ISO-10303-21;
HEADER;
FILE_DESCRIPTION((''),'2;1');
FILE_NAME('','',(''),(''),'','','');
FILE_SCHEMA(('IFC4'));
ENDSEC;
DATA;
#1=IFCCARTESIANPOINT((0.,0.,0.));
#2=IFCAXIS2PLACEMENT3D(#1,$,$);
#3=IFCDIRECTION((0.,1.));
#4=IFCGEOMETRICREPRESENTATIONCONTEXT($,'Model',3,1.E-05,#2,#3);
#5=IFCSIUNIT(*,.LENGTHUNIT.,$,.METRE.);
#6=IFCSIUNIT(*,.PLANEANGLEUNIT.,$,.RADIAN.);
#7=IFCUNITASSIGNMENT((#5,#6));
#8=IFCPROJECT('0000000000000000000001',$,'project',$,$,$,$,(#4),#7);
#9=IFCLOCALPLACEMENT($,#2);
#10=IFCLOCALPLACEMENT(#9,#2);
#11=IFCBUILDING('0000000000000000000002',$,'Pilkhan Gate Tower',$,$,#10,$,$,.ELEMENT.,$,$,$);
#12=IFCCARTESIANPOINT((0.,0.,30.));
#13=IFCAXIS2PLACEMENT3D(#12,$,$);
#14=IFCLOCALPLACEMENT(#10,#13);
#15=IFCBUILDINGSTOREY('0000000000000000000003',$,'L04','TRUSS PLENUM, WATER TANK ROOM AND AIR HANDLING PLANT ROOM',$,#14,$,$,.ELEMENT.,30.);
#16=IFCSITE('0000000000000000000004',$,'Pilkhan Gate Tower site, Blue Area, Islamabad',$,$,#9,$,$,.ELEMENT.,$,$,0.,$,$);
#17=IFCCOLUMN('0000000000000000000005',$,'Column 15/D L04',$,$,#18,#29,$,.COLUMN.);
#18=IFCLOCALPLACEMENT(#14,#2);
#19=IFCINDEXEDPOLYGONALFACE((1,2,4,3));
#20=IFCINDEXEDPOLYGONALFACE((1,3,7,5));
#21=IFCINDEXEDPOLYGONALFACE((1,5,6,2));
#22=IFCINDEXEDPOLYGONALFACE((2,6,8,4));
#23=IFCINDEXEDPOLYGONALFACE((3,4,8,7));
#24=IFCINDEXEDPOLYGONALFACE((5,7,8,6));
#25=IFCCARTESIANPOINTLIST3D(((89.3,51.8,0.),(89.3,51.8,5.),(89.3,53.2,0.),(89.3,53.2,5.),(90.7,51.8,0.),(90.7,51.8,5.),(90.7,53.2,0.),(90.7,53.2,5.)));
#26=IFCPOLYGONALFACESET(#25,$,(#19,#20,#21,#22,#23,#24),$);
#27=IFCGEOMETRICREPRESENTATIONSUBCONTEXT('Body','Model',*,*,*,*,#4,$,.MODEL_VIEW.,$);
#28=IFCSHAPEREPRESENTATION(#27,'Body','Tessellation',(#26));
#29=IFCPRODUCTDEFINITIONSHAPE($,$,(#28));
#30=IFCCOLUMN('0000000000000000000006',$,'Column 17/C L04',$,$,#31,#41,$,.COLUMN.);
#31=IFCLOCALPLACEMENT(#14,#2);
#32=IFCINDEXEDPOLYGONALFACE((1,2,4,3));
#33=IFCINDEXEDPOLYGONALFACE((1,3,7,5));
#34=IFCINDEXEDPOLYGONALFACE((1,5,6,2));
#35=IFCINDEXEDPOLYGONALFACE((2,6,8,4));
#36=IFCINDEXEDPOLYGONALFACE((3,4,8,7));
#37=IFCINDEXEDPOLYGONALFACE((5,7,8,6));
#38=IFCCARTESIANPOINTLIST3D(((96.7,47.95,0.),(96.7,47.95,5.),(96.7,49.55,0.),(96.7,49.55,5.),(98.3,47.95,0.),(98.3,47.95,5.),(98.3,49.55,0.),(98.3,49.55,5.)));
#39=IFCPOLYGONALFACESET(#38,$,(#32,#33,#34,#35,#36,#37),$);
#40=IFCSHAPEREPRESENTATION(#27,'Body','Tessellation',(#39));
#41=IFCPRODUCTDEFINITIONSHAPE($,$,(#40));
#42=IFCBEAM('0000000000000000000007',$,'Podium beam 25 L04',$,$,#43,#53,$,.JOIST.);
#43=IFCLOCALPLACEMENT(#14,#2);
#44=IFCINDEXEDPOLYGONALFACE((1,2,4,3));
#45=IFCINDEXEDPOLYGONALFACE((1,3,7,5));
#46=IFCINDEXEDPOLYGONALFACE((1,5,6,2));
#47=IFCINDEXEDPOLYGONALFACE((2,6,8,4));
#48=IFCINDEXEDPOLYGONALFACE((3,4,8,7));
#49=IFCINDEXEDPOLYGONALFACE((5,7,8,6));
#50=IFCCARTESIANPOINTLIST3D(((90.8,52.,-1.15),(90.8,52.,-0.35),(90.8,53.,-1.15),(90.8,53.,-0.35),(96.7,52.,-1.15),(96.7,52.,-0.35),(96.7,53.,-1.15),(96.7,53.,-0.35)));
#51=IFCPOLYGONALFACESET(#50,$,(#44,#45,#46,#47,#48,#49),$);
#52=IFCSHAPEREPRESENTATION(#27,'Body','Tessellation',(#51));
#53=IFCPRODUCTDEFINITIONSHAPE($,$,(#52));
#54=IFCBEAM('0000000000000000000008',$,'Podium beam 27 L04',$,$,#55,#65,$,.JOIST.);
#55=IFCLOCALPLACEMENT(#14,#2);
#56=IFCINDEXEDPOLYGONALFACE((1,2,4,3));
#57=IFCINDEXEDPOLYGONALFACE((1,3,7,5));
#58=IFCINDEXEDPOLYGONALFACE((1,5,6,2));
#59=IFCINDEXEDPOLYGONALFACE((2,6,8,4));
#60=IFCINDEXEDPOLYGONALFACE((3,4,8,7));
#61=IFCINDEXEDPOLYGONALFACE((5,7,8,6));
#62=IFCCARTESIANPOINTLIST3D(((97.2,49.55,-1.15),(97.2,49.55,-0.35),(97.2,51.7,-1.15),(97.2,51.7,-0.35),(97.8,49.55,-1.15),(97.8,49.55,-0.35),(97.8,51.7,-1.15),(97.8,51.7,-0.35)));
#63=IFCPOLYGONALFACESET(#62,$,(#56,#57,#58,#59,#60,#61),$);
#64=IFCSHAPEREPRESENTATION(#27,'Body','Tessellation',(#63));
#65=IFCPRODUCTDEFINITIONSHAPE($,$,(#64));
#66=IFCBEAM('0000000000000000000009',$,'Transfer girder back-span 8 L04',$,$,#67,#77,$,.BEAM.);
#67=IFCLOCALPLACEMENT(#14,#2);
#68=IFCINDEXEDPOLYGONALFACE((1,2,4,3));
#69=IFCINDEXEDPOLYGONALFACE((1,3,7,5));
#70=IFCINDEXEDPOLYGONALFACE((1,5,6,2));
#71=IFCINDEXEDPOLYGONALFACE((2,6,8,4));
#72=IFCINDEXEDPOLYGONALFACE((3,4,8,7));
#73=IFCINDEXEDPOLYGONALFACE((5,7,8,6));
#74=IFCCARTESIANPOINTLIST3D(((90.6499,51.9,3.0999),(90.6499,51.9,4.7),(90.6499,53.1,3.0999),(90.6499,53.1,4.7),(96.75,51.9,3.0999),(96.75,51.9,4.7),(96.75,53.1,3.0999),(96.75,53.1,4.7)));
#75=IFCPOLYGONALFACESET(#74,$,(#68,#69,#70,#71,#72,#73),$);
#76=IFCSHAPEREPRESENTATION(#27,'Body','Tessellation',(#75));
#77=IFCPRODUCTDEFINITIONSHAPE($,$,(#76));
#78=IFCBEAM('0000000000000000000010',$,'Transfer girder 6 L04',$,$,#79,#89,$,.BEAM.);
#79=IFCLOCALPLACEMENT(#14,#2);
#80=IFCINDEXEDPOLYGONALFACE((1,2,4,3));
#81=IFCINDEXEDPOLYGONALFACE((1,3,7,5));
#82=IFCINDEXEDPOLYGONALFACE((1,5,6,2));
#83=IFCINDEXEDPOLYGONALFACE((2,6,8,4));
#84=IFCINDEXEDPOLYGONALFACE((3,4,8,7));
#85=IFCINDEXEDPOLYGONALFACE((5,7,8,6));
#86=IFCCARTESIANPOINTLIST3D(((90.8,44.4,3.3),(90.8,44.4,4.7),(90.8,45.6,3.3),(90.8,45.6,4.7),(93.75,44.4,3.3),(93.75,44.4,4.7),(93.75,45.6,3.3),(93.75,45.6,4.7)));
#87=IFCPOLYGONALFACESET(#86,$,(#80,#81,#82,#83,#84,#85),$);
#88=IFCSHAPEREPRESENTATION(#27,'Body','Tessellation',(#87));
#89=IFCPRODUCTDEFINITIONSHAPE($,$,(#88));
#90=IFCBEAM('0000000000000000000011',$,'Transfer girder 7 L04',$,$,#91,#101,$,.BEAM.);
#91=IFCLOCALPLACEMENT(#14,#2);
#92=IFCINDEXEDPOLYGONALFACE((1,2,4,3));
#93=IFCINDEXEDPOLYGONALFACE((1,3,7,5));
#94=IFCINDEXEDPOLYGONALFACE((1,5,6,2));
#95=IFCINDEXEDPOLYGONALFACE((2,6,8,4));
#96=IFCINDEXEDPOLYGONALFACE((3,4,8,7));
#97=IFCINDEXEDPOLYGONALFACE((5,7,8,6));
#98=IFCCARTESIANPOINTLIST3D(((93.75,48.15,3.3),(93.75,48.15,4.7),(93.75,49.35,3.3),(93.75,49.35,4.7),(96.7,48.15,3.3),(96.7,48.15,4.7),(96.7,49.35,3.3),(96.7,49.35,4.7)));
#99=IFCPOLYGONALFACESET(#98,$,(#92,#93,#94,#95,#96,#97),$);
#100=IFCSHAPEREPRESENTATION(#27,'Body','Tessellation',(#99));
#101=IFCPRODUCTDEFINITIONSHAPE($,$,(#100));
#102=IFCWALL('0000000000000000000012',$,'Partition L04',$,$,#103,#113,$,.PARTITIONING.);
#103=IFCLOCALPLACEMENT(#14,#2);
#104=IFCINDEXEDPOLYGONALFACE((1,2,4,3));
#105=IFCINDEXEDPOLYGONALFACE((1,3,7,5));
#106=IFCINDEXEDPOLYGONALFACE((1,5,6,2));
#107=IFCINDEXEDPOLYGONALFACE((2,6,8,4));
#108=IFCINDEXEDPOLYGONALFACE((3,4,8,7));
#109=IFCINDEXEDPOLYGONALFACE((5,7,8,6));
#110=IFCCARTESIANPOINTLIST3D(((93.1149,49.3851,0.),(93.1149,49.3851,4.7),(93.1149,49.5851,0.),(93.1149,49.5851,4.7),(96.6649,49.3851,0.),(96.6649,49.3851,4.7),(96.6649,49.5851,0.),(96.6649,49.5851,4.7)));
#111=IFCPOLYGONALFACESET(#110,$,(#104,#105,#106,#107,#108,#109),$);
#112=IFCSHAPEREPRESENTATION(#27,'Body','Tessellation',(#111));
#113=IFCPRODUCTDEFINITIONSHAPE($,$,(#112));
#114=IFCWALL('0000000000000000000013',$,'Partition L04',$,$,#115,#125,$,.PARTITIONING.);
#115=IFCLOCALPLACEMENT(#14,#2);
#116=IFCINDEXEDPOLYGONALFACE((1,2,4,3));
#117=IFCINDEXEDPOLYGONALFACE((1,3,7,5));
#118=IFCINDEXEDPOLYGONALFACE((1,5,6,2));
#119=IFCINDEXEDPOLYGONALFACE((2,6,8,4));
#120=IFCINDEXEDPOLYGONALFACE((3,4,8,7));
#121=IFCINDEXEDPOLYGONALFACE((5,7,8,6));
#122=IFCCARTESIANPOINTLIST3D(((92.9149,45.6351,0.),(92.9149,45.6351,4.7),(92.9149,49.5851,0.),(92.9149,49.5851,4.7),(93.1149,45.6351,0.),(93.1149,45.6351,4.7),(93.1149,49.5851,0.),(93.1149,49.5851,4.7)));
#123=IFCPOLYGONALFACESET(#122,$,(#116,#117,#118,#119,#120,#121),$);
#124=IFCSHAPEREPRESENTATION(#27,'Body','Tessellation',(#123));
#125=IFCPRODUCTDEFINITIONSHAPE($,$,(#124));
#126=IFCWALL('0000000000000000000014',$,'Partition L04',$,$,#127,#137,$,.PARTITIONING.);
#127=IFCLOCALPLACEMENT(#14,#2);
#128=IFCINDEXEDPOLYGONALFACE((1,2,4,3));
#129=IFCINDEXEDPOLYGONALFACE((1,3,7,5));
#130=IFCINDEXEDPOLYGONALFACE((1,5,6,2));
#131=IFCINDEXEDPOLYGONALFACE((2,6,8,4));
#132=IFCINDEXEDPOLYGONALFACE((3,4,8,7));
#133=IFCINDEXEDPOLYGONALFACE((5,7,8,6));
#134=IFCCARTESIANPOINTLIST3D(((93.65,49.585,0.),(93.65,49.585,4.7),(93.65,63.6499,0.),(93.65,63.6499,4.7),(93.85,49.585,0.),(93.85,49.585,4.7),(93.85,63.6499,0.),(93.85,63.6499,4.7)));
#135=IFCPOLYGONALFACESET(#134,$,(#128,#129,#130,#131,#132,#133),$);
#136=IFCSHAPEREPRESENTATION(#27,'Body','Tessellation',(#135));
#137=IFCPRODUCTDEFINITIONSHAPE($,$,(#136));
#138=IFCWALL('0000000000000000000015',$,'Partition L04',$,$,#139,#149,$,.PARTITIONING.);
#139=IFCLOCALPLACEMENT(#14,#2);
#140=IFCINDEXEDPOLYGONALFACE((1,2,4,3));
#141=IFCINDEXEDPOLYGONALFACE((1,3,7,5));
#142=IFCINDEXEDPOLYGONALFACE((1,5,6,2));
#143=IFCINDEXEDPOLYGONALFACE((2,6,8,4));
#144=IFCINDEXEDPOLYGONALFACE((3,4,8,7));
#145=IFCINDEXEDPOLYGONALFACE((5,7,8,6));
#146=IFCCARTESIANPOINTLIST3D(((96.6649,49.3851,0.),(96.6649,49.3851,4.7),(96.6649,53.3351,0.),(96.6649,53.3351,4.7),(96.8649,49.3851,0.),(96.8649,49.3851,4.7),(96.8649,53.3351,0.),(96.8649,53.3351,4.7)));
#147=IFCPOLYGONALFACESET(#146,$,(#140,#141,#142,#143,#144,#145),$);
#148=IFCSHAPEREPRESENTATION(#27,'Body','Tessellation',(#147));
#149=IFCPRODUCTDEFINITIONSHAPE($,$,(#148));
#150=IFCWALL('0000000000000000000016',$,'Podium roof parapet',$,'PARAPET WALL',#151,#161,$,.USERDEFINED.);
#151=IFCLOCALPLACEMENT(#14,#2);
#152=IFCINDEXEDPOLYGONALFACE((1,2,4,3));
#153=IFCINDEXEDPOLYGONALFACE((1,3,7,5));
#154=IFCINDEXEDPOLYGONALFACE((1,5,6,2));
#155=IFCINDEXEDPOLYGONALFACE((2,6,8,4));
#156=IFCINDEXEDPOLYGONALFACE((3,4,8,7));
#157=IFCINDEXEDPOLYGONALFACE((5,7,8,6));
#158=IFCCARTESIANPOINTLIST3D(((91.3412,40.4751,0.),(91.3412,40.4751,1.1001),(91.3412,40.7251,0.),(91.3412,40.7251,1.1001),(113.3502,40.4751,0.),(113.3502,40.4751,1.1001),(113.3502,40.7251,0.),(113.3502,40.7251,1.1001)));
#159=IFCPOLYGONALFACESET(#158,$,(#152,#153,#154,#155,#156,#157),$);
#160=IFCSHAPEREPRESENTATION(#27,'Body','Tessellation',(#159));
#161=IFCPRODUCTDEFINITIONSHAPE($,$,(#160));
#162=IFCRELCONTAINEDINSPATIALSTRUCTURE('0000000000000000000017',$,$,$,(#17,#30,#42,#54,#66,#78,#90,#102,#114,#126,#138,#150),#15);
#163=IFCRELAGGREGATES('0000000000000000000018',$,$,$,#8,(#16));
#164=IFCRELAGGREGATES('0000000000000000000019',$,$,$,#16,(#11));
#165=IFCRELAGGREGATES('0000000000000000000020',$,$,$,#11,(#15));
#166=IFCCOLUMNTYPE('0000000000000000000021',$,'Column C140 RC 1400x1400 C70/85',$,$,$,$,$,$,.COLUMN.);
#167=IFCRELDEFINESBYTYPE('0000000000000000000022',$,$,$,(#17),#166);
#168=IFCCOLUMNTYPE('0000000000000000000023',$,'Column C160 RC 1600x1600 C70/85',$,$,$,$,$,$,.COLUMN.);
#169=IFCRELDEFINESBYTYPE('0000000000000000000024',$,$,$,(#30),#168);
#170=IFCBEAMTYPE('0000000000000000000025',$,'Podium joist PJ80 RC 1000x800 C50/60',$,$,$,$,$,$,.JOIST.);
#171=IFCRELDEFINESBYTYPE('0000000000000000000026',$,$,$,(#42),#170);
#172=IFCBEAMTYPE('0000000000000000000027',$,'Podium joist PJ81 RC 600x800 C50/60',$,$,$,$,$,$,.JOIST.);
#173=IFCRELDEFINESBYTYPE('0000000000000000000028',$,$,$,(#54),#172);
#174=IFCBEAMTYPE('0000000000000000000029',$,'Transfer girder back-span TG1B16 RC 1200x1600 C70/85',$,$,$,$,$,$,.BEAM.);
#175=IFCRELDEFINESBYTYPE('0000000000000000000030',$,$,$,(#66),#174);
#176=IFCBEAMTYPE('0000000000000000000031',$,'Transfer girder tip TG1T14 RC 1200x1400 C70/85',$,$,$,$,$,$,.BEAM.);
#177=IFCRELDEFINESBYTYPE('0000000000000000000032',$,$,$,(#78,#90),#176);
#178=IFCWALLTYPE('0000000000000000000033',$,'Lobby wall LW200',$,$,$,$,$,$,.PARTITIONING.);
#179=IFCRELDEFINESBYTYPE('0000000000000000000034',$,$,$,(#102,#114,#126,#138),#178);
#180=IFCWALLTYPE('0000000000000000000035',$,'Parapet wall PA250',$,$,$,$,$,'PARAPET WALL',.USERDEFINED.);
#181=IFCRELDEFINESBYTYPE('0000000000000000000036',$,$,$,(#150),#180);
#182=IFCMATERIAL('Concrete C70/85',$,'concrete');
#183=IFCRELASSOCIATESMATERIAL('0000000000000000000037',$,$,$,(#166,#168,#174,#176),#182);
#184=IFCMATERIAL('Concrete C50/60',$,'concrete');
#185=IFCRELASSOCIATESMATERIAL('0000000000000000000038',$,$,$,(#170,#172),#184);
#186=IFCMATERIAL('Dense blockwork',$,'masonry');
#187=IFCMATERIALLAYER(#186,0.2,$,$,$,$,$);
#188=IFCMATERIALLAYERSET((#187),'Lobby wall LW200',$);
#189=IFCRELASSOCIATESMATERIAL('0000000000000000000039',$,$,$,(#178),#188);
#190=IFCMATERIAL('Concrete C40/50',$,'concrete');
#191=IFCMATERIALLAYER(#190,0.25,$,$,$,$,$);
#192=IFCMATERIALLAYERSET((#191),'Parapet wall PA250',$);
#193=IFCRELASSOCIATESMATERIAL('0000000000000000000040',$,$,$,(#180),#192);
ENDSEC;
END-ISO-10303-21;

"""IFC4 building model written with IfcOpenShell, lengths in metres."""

from ifc_helpers import new_model, si_unit, direction, frame, frame_2d, origin, origin_2d, place, context, subcontext, project, spatial, rectangle, extrude, material, layer, layer_set, material_profile, profile_set, type_object, element, save


model = new_model("IFC4")

# Units and contexts
model_context = context("Model", 3, precision=1e-05, world=origin(), true_north=direction((0.0, 1.0)))
body_context = subcontext(model_context, "Body", "Model", "MODEL_VIEW")
ifc_project = project(units=[si_unit("LENGTHUNIT", "METRE"), si_unit("PLANEANGLEUNIT", "RADIAN")], contexts=[model_context])

# Site, building, storey
site_placement = place(None, origin())
site = spatial("IfcSite", under=ifc_project, at=site_placement, Name="Pilkhan Gate Tower site, Blue Area, Islamabad", CompositionType="ELEMENT", RefElevation=0.0)
building_placement = place(site_placement, origin())
building = spatial("IfcBuilding", under=site, at=building_placement, Name="Pilkhan Gate Tower", CompositionType="ELEMENT")
storey_placement = place(building_placement, frame((0.0, 0.0, 30.0)))
storey = spatial("IfcBuildingStorey", under=building, at=storey_placement, Name="L04", Description="TRUSS PLENUM, WATER TANK ROOM AND AIR HANDLING PLANT ROOM", CompositionType="ELEMENT", Elevation=30.0)

# Columns
ifc_material_1 = material(Name="Concrete C70/85", Category="concrete")
ifc_material_profile_1 = material_profile(ifc_material_1, rectangle(XDim=1.3999, YDim=1.3999, at=origin_2d()), Name="RC 1400x1400")
ifc_profile_set_1 = profile_set([ifc_material_profile_1], Name="Concrete C70/85")
column_type_1 = type_object("IfcColumnType", Name="Column C140 RC 1400x1400 C70/85", PredefinedType="COLUMN", material=ifc_profile_set_1)
column_1_placement = place(storey_placement, frame((90.0, 52.5, 0.0), z_axis=(0.0, 0.0, 1.0), x_axis=(1.0, 0.0, 0.0)))
element("IfcColumn", 1, at=column_1_placement, inside=storey, type_object=column_type_1, Name="Column 15/D L04", PredefinedType="COLUMN", context=body_context, shape_type="SweptSolid", body=[
    extrude(rectangle(XDim=1.3999, YDim=1.3999, at=origin_2d()), origin(), (0.0, 0.0, 1.0), 5.0),
])
ifc_material_profile_2 = material_profile(ifc_material_1, rectangle(XDim=1.6001, YDim=1.6001, at=origin_2d()), Name="RC 1600x1600")
ifc_profile_set_2 = profile_set([ifc_material_profile_2], Name="Concrete C70/85")
column_type_2 = type_object("IfcColumnType", Name="Column C160 RC 1600x1600 C70/85", PredefinedType="COLUMN", material=ifc_profile_set_2)
column_2_placement = place(storey_placement, frame((97.5, 48.75, 0.0), z_axis=(0.0, 0.0, 1.0), x_axis=(1.0, 0.0, 0.0)))
element("IfcColumn", 2, at=column_2_placement, inside=storey, type_object=column_type_2, Name="Column 17/C L04", PredefinedType="COLUMN", context=body_context, shape_type="SweptSolid", body=[
    extrude(rectangle(XDim=1.6001, YDim=1.6001, at=origin_2d()), origin(), (0.0, 0.0, 1.0), 5.0),
])

# Beams
ifc_material_2 = material(Name="Concrete C50/60", Category="concrete")
ifc_material_profile_3 = material_profile(ifc_material_2, rectangle(XDim=1.0, YDim=0.8, at=origin_2d()), Name="RC 1000x800")
ifc_profile_set_3 = profile_set([ifc_material_profile_3], Name="Concrete C50/60")
beam_type_1 = type_object("IfcBeamType", Name="Podium joist PJ80 RC 1000x800 C50/60", PredefinedType="JOIST", material=ifc_profile_set_3)
beam_1_placement = place(storey_placement, frame((90.8, 52.5, -0.75), z_axis=(1.0, 0.0, 0.0), x_axis=(0.0, 1.0, 0.0)))
element("IfcBeam", 3, at=beam_1_placement, inside=storey, type_object=beam_type_1, Name="Podium beam 25 L04", PredefinedType="JOIST", context=body_context, shape_type="SweptSolid", body=[
    extrude(rectangle(XDim=1.0, YDim=0.8, at=origin_2d()), origin(), (0.0, 0.0, 1.0), 5.8999),
])
ifc_material_profile_4 = material_profile(ifc_material_2, rectangle(XDim=0.6001, YDim=0.8, at=origin_2d()), Name="RC 600x800")
ifc_profile_set_4 = profile_set([ifc_material_profile_4], Name="Concrete C50/60")
beam_type_2 = type_object("IfcBeamType", Name="Podium joist PJ81 RC 600x800 C50/60", PredefinedType="JOIST", material=ifc_profile_set_4)
beam_2_placement = place(storey_placement, frame((97.5, 49.55, -0.75), z_axis=(0.0, 1.0, 0.0), x_axis=(-1.0, 0.0, 0.0)))
element("IfcBeam", 4, at=beam_2_placement, inside=storey, type_object=beam_type_2, Name="Podium beam 27 L04", PredefinedType="JOIST", context=body_context, shape_type="SweptSolid", body=[
    extrude(rectangle(XDim=0.6001, YDim=0.8, at=origin_2d()), origin(), (0.0, 0.0, 1.0), 2.1499),
])
ifc_material_profile_5 = material_profile(ifc_material_1, rectangle(XDim=1.2, YDim=1.6001, at=origin_2d()), Name="RC 1200x1600")
ifc_profile_set_5 = profile_set([ifc_material_profile_5], Name="Concrete C70/85")
beam_type_3 = type_object("IfcBeamType", Name="Transfer girder back-span TG1B16 RC 1200x1600 C70/85", PredefinedType="BEAM", material=ifc_profile_set_5)
beam_3_placement = place(storey_placement, frame((96.75, 52.5, 3.8999), z_axis=(-1.0, 0.0, 0.0), x_axis=(0.0, -1.0, 0.0)))
element("IfcBeam", 5, at=beam_3_placement, inside=storey, type_object=beam_type_3, Name="Transfer girder back-span 8 L04", PredefinedType="BEAM", context=body_context, shape_type="SweptSolid", body=[
    extrude(rectangle(XDim=1.2, YDim=1.6001, at=origin_2d()), origin(), (0.0, 0.0, 1.0), 6.1001),
])
ifc_material_profile_6 = material_profile(ifc_material_1, rectangle(XDim=1.2, YDim=1.3999, at=origin_2d()), Name="RC 1200x1400")
ifc_profile_set_6 = profile_set([ifc_material_profile_6], Name="Concrete C70/85")
beam_type_4 = type_object("IfcBeamType", Name="Transfer girder tip TG1T14 RC 1200x1400 C70/85", PredefinedType="BEAM", material=ifc_profile_set_6)
for number, where, z_axis, x_axis, name in (
    (6, (93.75, 45.0, 4.0), (-1.0, 0.0, 0.0), (0.0, -1.0, 0.0), "Transfer girder 6 L04"),
    (7, (93.75, 48.75, 4.0), (1.0, 0.0, 0.0), (0.0, 1.0, 0.0), "Transfer girder 7 L04"),
):
    element("IfcBeam", number, at=place(storey_placement, frame(where, z_axis=z_axis, x_axis=x_axis)), inside=storey, type_object=beam_type_4, Name=name, PredefinedType="BEAM", context=body_context, shape_type="SweptSolid", body=[
        extrude(rectangle(XDim=1.2, YDim=1.3999, at=origin_2d()), origin(), (0.0, 0.0, 1.0), 2.95),
    ])

# Walls
ifc_material_3 = material(Name="Dense blockwork", Category="masonry")
ifc_layer_1 = layer(ifc_material_3, 0.2)
ifc_layer_set_1 = layer_set([ifc_layer_1], Name="Lobby wall LW200")
wall_type_1 = type_object("IfcWallType", Name="Lobby wall LW200", PredefinedType="PARTITIONING", material=ifc_layer_set_1)
wall_1_placement = place(storey_placement, frame((93.115, 49.4851, 0.0), z_axis=(0.0, 0.0, 1.0), x_axis=(1.0, 0.0, 0.0)))
element("IfcWall", 8, at=wall_1_placement, inside=storey, type_object=wall_type_1, Name="Partition L04", PredefinedType="PARTITIONING", context=body_context, shape_type="SweptSolid", body=[
    extrude(rectangle(XDim=3.55, YDim=0.2, at=frame_2d((1.7749, 0.0))), origin(), (0.0, 0.0, 1.0), 4.7),
])
wall_2_placement = place(storey_placement, frame((93.0149, 45.635, 0.0), z_axis=(0.0, 0.0, 1.0), x_axis=(0.0, 1.0, 0.0)))
element("IfcWall", 9, at=wall_2_placement, inside=storey, type_object=wall_type_1, Name="Partition L04", PredefinedType="PARTITIONING", context=body_context, shape_type="SweptSolid", body=[
    extrude(rectangle(XDim=3.95, YDim=0.2, at=frame_2d((1.9751, 0.0))), origin(), (0.0, 0.0, 1.0), 4.7),
])
wall_3_placement = place(storey_placement, frame((93.75, 49.585, 0.0), z_axis=(0.0, 0.0, 1.0), x_axis=(0.0, 1.0, 0.0)))
element("IfcWall", 10, at=wall_3_placement, inside=storey, type_object=wall_type_1, Name="Partition L04", PredefinedType="PARTITIONING", context=body_context, shape_type="SweptSolid", body=[
    extrude(rectangle(XDim=14.0649, YDim=0.2, at=frame_2d((7.0325, 0.0))), origin(), (0.0, 0.0, 1.0), 4.7),
])
wall_4_placement = place(storey_placement, frame((96.7649, 49.385, 0.0), z_axis=(0.0, 0.0, 1.0), x_axis=(0.0, 1.0, 0.0)))
element("IfcWall", 11, at=wall_4_placement, inside=storey, type_object=wall_type_1, Name="Partition L04", PredefinedType="PARTITIONING", context=body_context, shape_type="SweptSolid", body=[
    extrude(rectangle(XDim=3.95, YDim=0.2, at=frame_2d((1.9751, 0.0))), origin(), (0.0, 0.0, 1.0), 4.7),
])
ifc_material_4 = material(Name="Concrete C40/50", Category="concrete")
ifc_layer_2 = layer(ifc_material_4, 0.25)
ifc_layer_set_2 = layer_set([ifc_layer_2], Name="Parapet wall PA250")
wall_type_2 = type_object("IfcWallType", Name="Parapet wall PA250", ElementType="PARAPET WALL", PredefinedType="USERDEFINED", material=ifc_layer_set_2)
wall_5_placement = place(storey_placement, frame((113.3501, 40.6001, 0.0), z_axis=(0.0, 0.0, 1.0), x_axis=(-1.0, 0.0, 0.0)))
element("IfcWall", 12, at=wall_5_placement, inside=storey, type_object=wall_type_2, Name="Podium roof parapet", ObjectType="PARAPET WALL", PredefinedType="USERDEFINED", context=body_context, shape_type="SweptSolid", body=[
    extrude(rectangle(XDim=22.009, YDim=0.25, at=frame_2d((11.0044, 0.0))), origin(), (0.0, 0.0, 1.0), 1.1001),
])

save(model, "model.ifc")
